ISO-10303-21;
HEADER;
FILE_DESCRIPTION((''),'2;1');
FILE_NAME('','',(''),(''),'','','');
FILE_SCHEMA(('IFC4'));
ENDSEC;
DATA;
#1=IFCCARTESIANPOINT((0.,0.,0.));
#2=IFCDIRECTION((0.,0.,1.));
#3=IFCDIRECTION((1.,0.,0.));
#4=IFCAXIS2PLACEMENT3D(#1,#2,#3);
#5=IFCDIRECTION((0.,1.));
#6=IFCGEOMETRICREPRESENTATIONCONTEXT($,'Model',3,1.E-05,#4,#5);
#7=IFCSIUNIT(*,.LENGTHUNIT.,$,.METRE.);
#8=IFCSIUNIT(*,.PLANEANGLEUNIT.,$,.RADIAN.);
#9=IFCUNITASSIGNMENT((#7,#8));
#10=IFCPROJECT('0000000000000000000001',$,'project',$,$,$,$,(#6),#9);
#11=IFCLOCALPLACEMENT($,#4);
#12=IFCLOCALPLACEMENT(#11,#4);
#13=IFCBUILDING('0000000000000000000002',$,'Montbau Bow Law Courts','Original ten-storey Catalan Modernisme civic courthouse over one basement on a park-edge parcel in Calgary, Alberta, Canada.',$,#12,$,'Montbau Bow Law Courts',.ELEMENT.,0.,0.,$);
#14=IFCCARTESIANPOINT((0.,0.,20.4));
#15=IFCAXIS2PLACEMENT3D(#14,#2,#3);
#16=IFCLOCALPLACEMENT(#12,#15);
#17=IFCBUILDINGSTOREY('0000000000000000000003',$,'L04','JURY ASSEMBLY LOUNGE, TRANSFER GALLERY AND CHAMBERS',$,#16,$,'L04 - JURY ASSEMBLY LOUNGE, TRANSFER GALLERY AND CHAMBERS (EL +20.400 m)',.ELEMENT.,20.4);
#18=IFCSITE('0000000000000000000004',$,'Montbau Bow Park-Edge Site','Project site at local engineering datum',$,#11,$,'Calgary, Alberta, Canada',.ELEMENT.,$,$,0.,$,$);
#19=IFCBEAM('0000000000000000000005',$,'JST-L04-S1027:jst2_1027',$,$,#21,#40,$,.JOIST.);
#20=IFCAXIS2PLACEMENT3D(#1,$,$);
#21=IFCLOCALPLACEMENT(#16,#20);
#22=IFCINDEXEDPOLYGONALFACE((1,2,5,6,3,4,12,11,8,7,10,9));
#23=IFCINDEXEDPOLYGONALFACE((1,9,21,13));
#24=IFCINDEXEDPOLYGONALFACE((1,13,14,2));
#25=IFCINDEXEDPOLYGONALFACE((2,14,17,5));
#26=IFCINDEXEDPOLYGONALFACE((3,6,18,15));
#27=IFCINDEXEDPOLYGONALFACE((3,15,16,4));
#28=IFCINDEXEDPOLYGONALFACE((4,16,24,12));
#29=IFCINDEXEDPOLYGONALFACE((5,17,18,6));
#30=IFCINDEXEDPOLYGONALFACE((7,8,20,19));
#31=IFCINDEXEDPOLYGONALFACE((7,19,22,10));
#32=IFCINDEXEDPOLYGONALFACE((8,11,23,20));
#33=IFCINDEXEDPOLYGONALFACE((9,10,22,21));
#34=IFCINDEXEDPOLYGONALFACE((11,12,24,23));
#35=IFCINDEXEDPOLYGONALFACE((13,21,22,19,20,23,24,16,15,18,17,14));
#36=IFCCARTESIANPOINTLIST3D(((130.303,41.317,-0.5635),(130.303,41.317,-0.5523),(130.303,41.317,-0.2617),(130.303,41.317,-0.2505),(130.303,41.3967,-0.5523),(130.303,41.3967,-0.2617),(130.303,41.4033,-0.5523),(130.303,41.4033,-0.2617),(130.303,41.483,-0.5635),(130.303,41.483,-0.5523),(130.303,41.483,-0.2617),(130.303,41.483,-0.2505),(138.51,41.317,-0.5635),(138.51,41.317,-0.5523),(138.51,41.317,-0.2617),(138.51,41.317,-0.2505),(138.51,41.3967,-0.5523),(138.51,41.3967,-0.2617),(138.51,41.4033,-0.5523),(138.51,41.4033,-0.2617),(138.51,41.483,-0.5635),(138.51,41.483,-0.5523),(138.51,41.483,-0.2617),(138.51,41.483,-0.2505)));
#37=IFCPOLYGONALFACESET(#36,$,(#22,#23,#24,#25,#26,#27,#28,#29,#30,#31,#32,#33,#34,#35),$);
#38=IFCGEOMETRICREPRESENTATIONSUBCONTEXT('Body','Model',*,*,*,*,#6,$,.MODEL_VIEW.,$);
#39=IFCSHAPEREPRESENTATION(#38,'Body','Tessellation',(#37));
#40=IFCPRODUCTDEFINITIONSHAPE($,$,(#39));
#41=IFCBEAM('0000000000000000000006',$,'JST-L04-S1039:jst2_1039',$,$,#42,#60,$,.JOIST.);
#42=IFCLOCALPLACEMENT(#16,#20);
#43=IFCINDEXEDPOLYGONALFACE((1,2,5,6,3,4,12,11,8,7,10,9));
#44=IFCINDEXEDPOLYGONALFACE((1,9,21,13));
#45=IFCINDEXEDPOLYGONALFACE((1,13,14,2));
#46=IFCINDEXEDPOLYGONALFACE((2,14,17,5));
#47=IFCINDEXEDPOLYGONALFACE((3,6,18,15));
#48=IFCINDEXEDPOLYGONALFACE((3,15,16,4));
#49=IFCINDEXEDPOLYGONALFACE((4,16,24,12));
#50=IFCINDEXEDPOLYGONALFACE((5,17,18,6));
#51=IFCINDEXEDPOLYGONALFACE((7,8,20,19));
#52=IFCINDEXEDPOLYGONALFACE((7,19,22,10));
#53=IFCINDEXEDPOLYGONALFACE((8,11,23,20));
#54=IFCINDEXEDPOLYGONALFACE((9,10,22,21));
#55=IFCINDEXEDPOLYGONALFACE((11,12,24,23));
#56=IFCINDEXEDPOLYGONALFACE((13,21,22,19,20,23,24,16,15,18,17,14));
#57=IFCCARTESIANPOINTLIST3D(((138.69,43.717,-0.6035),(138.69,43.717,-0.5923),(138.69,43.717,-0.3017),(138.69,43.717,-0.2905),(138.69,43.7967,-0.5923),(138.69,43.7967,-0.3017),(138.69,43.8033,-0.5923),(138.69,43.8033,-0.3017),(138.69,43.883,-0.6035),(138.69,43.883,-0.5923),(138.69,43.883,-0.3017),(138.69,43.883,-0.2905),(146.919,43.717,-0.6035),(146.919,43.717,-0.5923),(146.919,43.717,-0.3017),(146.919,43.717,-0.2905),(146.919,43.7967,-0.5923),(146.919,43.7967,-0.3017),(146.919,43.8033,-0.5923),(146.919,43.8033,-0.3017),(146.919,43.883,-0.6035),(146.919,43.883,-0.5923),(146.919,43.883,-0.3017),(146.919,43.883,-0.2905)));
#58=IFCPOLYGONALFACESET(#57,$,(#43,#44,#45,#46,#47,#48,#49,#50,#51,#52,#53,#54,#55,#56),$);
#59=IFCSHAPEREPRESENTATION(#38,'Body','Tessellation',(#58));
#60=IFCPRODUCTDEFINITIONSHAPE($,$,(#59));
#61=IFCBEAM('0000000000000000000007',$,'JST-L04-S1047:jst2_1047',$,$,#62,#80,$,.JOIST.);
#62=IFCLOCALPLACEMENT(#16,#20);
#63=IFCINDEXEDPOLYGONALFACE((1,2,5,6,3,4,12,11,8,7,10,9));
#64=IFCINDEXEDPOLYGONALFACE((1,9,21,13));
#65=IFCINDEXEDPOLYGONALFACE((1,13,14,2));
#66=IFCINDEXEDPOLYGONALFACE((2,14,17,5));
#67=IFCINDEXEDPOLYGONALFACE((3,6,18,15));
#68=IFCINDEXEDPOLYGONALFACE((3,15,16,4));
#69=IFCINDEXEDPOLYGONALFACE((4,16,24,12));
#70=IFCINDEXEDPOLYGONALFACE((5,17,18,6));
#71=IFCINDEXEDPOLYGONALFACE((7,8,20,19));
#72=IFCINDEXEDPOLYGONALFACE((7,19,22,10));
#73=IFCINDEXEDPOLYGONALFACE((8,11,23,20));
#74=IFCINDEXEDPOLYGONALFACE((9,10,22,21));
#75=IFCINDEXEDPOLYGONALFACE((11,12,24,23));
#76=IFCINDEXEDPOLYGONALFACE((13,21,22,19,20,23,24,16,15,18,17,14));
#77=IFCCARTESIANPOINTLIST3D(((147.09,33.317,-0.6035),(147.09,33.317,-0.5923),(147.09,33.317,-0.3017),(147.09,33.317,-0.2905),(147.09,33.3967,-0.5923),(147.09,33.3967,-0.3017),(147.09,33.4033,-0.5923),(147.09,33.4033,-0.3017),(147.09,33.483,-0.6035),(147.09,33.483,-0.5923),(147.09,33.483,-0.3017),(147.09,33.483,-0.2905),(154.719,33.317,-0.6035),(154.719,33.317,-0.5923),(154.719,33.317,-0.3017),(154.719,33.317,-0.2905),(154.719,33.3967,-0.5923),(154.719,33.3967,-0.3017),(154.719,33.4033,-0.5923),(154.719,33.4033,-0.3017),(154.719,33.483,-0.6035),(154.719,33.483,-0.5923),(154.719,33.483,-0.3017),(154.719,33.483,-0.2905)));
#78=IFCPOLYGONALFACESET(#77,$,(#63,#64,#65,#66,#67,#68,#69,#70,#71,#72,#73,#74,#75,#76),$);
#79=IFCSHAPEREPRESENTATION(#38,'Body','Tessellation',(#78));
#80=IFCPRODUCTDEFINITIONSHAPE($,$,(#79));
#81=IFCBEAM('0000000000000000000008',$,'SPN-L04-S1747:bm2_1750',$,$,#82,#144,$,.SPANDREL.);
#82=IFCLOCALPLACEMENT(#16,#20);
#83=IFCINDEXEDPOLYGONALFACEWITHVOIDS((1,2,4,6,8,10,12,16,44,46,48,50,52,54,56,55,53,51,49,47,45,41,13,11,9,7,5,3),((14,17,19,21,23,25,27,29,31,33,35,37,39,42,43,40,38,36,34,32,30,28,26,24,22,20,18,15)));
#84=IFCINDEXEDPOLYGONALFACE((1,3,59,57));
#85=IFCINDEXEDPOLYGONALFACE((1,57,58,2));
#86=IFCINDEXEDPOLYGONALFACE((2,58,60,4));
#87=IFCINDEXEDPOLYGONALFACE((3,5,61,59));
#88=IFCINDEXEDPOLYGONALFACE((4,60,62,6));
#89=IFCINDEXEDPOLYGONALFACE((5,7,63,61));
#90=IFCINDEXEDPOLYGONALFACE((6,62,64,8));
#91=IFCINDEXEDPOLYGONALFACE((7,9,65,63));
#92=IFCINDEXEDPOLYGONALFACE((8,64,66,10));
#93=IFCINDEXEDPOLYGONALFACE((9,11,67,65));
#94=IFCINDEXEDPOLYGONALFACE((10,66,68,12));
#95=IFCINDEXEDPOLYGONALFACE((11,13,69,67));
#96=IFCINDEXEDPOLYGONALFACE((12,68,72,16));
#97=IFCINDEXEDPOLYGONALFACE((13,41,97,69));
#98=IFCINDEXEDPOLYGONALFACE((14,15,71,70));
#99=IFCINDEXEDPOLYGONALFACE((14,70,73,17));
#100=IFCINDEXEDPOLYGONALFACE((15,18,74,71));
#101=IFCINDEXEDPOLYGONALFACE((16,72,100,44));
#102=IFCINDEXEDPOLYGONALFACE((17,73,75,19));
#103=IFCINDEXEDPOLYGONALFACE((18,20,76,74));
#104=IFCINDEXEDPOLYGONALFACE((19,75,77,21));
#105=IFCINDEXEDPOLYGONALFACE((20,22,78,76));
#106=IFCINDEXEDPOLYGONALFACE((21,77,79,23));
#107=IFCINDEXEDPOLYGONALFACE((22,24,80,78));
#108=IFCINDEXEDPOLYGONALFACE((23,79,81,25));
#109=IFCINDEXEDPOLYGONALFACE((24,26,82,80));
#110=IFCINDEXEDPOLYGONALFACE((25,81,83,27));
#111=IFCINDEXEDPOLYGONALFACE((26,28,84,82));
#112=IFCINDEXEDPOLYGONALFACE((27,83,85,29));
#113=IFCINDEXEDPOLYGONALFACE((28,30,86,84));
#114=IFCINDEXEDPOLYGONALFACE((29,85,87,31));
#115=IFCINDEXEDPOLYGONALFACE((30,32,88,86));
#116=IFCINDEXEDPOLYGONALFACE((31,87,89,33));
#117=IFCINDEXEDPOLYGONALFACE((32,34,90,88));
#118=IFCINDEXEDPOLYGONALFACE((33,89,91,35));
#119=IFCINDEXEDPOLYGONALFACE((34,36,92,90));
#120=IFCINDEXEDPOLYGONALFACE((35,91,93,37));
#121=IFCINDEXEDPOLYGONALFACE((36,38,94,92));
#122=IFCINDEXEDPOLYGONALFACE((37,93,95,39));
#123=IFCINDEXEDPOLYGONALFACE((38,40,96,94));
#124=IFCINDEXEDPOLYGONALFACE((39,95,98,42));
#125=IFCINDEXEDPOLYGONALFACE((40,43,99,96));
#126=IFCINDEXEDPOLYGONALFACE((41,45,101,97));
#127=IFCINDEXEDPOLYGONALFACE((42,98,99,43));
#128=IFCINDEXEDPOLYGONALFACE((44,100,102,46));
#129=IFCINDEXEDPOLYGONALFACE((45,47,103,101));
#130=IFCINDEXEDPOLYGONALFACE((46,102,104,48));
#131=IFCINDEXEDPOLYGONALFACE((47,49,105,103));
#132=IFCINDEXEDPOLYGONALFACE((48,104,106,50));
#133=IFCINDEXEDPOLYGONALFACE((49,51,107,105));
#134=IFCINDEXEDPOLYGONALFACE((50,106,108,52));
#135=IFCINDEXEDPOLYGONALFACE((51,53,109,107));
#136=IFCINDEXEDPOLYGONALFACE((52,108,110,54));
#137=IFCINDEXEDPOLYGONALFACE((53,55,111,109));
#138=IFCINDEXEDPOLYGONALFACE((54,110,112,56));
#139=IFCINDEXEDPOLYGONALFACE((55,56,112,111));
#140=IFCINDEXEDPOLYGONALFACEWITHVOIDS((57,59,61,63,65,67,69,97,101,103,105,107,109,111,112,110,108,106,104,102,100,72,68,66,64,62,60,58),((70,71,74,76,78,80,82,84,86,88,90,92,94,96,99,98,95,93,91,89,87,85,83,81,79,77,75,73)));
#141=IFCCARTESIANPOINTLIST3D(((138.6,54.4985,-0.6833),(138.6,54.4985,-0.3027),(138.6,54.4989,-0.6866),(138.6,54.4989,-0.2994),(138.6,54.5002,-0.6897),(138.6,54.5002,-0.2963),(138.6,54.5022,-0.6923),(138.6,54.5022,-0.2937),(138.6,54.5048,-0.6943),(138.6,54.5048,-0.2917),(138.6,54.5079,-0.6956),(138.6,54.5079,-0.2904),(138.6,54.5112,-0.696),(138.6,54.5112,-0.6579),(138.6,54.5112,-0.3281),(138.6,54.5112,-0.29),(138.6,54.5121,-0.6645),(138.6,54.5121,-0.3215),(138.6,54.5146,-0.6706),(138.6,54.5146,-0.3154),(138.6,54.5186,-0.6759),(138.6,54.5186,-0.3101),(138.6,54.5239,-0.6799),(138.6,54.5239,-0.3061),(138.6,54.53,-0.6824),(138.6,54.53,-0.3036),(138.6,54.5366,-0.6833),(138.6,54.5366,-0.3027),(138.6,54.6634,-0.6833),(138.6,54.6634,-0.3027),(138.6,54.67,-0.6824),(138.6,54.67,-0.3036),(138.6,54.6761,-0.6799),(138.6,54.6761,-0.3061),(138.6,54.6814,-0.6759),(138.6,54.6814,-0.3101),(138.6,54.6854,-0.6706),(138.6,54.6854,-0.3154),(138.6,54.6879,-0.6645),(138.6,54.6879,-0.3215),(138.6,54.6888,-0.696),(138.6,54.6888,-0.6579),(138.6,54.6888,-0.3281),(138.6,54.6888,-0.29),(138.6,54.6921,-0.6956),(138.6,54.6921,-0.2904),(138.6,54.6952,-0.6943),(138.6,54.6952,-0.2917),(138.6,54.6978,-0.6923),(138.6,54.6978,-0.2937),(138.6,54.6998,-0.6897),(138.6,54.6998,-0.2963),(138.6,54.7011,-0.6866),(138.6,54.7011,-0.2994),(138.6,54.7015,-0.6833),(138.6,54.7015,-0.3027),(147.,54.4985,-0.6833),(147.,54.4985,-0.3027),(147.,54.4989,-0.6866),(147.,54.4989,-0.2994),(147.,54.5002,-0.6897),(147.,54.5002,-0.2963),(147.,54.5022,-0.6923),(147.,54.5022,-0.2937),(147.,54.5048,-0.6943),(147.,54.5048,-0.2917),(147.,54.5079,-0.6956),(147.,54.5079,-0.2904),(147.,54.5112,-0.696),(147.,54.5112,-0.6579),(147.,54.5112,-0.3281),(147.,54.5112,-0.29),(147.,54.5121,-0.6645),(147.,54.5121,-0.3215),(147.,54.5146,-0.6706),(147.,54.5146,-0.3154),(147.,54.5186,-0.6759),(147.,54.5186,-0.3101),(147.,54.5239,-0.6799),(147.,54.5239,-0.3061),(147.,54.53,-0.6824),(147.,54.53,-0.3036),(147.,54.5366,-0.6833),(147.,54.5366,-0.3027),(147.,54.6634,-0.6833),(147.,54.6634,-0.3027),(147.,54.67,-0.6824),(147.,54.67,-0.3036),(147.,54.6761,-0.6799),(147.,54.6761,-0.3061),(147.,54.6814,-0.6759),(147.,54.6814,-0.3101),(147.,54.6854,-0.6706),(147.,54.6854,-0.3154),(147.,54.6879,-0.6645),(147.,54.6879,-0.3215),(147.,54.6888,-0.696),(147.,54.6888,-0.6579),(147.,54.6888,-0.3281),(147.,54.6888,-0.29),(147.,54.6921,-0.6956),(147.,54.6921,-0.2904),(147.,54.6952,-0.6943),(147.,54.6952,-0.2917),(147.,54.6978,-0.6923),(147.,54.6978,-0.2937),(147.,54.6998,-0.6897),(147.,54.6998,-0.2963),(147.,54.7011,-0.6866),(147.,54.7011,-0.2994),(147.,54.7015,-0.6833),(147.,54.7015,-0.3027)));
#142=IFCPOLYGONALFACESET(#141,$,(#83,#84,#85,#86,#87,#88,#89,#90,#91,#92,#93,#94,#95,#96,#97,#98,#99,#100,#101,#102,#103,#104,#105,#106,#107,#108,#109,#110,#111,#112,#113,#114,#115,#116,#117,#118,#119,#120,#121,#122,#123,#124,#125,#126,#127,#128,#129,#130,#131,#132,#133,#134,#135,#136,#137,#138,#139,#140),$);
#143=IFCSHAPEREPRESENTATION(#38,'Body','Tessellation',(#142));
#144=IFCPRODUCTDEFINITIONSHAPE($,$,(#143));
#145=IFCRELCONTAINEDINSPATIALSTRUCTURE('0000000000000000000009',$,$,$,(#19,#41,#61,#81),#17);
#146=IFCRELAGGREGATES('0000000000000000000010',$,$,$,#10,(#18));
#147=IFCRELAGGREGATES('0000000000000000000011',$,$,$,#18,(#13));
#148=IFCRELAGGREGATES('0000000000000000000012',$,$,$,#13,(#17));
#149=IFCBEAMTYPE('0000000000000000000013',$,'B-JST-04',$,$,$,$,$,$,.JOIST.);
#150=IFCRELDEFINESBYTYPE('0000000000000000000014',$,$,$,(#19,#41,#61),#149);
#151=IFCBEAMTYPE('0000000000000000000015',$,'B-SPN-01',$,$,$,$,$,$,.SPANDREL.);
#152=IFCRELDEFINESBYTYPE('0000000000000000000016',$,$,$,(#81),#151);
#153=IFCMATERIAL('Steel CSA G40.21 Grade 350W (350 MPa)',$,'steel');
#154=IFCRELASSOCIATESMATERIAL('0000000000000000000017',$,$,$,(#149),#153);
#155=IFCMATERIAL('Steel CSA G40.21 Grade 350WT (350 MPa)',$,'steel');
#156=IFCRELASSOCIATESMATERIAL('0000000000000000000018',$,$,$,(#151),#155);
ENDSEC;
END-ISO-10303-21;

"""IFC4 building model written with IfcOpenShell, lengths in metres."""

from ifc_helpers import new_model, si_unit, direction, frame, origin_with_axes, origin_2d_with_axis, place, context, subcontext, project, spatial, hollow_rectangle, i_section, extrude, material, material_profile, profile_set, type_object, element, save


model = new_model("IFC4")

# Units and contexts
model_context = context("Model", 3, precision=1e-05, world=origin_with_axes(), true_north=direction((0.0, 1.0)))
body_context = subcontext(model_context, "Body", "Model", "MODEL_VIEW")
ifc_project = project(units=[si_unit("LENGTHUNIT", "METRE"), si_unit("PLANEANGLEUNIT", "RADIAN")], contexts=[model_context])

# Site, building, storey
site_placement = place(None, origin_with_axes())
site = spatial("IfcSite", under=ifc_project, at=site_placement, Name="Montbau Bow Park-Edge Site", Description="Project site at local engineering datum", LongName="Calgary, Alberta, Canada", CompositionType="ELEMENT", RefElevation=0.0)
building_placement = place(site_placement, origin_with_axes())
building = spatial("IfcBuilding", under=site, at=building_placement, Name="Montbau Bow Law Courts", Description="Original ten-storey Catalan Modernisme civic courthouse over one basement on a park-edge parcel in Calgary, Alberta, Canada.", LongName="Montbau Bow Law Courts", CompositionType="ELEMENT", ElevationOfRefHeight=0.0, ElevationOfTerrain=0.0)
storey_placement = place(building_placement, frame((0.0, 0.0, 20.4), z_axis=(0.0, 0.0, 1.0), x_axis=(1.0, 0.0, 0.0)))
storey = spatial("IfcBuildingStorey", under=building, at=storey_placement, Name="L04", Description="JURY ASSEMBLY LOUNGE, TRANSFER GALLERY AND CHAMBERS", LongName="L04 - JURY ASSEMBLY LOUNGE, TRANSFER GALLERY AND CHAMBERS (EL +20.400 m)", CompositionType="ELEMENT", Elevation=20.4)

# Beams
ifc_material_1 = material(Name="Steel CSA G40.21 Grade 350W (350 MPa)", Category="steel")
ifc_material_profile_1 = material_profile(ifc_material_1, i_section(OverallWidth=0.166, OverallDepth=0.313, WebThickness=0.0066, FlangeThickness=0.0112, at=origin_2d_with_axis()), Name="W310X45", Category="Main", Priority=0)
ifc_profile_set_1 = profile_set([ifc_material_profile_1], Name="Steel CSA G40.21 Grade 350W (350 MPa)")
beam_type_1 = type_object("IfcBeamType", Name="B-JST-04", PredefinedType="JOIST", material=ifc_profile_set_1)
beam_1_placement = place(None, frame((130.303, 41.4, 19.993), z_axis=(1.0, 0.0, 0.0), x_axis=(0.0, 1.0, 0.0)))
element("IfcBeam", 1, at=beam_1_placement, inside=storey, type_object=beam_type_1, Name="JST-L04-S1027:jst2_1027", PredefinedType="JOIST", context=body_context, shape_type="SweptSolid", body=[
    extrude(i_section(OverallWidth=0.166, OverallDepth=0.313, WebThickness=0.0066, FlangeThickness=0.0112, at=origin_2d_with_axis()), origin_with_axes(), (0.0, 0.0, 1.0), 8.207),
])
beam_2_placement = place(None, frame((138.69, 43.8, 19.953), z_axis=(1.0, 0.0, 0.0), x_axis=(0.0, 1.0, 0.0)))
element("IfcBeam", 2, at=beam_2_placement, inside=storey, type_object=beam_type_1, Name="JST-L04-S1039:jst2_1039", PredefinedType="JOIST", context=body_context, shape_type="SweptSolid", body=[
    extrude(i_section(OverallWidth=0.166, OverallDepth=0.313, WebThickness=0.0066, FlangeThickness=0.0112, at=origin_2d_with_axis()), origin_with_axes(), (0.0, 0.0, 1.0), 8.229),
])
beam_3_placement = place(None, frame((147.09, 33.4, 19.953), z_axis=(1.0, 0.0, 0.0), x_axis=(0.0, 1.0, 0.0)))
element("IfcBeam", 3, at=beam_3_placement, inside=storey, type_object=beam_type_1, Name="JST-L04-S1047:jst2_1047", PredefinedType="JOIST", context=body_context, shape_type="SweptSolid", body=[
    extrude(i_section(OverallWidth=0.166, OverallDepth=0.313, WebThickness=0.0066, FlangeThickness=0.0112, at=origin_2d_with_axis()), origin_with_axes(), (0.0, 0.0, 1.0), 7.629),
])
ifc_material_2 = material(Name="Steel CSA G40.21 Grade 350WT (350 MPa)", Category="steel")
ifc_material_profile_2 = material_profile(ifc_material_2, hollow_rectangle(XDim=0.203, YDim=0.406, WallThickness=0.0127, InnerFilletRadius=0.0254, OuterFilletRadius=0.0127, at=origin_2d_with_axis()), Name="HSS406X203X13", Category="Main", Priority=0)
ifc_profile_set_2 = profile_set([ifc_material_profile_2], Name="Steel CSA G40.21 Grade 350WT (350 MPa)")
beam_type_2 = type_object("IfcBeamType", Name="B-SPN-01", PredefinedType="SPANDREL", material=ifc_profile_set_2)
beam_4_placement = place(None, frame((138.6, 54.6, 19.907), z_axis=(1.0, 0.0, 0.0), x_axis=(0.0, 1.0, 0.0)))
element("IfcBeam", 4, at=beam_4_placement, inside=storey, type_object=beam_type_2, Name="SPN-L04-S1747:bm2_1750", PredefinedType="SPANDREL", context=body_context, shape_type="SweptSolid", body=[
    extrude(hollow_rectangle(XDim=0.203, YDim=0.406, WallThickness=0.0127, InnerFilletRadius=0.0254, OuterFilletRadius=0.0127, at=origin_2d_with_axis()), origin_with_axes(), (0.0, 0.0, 1.0), 8.4),
])

save(model, "model.ifc")
